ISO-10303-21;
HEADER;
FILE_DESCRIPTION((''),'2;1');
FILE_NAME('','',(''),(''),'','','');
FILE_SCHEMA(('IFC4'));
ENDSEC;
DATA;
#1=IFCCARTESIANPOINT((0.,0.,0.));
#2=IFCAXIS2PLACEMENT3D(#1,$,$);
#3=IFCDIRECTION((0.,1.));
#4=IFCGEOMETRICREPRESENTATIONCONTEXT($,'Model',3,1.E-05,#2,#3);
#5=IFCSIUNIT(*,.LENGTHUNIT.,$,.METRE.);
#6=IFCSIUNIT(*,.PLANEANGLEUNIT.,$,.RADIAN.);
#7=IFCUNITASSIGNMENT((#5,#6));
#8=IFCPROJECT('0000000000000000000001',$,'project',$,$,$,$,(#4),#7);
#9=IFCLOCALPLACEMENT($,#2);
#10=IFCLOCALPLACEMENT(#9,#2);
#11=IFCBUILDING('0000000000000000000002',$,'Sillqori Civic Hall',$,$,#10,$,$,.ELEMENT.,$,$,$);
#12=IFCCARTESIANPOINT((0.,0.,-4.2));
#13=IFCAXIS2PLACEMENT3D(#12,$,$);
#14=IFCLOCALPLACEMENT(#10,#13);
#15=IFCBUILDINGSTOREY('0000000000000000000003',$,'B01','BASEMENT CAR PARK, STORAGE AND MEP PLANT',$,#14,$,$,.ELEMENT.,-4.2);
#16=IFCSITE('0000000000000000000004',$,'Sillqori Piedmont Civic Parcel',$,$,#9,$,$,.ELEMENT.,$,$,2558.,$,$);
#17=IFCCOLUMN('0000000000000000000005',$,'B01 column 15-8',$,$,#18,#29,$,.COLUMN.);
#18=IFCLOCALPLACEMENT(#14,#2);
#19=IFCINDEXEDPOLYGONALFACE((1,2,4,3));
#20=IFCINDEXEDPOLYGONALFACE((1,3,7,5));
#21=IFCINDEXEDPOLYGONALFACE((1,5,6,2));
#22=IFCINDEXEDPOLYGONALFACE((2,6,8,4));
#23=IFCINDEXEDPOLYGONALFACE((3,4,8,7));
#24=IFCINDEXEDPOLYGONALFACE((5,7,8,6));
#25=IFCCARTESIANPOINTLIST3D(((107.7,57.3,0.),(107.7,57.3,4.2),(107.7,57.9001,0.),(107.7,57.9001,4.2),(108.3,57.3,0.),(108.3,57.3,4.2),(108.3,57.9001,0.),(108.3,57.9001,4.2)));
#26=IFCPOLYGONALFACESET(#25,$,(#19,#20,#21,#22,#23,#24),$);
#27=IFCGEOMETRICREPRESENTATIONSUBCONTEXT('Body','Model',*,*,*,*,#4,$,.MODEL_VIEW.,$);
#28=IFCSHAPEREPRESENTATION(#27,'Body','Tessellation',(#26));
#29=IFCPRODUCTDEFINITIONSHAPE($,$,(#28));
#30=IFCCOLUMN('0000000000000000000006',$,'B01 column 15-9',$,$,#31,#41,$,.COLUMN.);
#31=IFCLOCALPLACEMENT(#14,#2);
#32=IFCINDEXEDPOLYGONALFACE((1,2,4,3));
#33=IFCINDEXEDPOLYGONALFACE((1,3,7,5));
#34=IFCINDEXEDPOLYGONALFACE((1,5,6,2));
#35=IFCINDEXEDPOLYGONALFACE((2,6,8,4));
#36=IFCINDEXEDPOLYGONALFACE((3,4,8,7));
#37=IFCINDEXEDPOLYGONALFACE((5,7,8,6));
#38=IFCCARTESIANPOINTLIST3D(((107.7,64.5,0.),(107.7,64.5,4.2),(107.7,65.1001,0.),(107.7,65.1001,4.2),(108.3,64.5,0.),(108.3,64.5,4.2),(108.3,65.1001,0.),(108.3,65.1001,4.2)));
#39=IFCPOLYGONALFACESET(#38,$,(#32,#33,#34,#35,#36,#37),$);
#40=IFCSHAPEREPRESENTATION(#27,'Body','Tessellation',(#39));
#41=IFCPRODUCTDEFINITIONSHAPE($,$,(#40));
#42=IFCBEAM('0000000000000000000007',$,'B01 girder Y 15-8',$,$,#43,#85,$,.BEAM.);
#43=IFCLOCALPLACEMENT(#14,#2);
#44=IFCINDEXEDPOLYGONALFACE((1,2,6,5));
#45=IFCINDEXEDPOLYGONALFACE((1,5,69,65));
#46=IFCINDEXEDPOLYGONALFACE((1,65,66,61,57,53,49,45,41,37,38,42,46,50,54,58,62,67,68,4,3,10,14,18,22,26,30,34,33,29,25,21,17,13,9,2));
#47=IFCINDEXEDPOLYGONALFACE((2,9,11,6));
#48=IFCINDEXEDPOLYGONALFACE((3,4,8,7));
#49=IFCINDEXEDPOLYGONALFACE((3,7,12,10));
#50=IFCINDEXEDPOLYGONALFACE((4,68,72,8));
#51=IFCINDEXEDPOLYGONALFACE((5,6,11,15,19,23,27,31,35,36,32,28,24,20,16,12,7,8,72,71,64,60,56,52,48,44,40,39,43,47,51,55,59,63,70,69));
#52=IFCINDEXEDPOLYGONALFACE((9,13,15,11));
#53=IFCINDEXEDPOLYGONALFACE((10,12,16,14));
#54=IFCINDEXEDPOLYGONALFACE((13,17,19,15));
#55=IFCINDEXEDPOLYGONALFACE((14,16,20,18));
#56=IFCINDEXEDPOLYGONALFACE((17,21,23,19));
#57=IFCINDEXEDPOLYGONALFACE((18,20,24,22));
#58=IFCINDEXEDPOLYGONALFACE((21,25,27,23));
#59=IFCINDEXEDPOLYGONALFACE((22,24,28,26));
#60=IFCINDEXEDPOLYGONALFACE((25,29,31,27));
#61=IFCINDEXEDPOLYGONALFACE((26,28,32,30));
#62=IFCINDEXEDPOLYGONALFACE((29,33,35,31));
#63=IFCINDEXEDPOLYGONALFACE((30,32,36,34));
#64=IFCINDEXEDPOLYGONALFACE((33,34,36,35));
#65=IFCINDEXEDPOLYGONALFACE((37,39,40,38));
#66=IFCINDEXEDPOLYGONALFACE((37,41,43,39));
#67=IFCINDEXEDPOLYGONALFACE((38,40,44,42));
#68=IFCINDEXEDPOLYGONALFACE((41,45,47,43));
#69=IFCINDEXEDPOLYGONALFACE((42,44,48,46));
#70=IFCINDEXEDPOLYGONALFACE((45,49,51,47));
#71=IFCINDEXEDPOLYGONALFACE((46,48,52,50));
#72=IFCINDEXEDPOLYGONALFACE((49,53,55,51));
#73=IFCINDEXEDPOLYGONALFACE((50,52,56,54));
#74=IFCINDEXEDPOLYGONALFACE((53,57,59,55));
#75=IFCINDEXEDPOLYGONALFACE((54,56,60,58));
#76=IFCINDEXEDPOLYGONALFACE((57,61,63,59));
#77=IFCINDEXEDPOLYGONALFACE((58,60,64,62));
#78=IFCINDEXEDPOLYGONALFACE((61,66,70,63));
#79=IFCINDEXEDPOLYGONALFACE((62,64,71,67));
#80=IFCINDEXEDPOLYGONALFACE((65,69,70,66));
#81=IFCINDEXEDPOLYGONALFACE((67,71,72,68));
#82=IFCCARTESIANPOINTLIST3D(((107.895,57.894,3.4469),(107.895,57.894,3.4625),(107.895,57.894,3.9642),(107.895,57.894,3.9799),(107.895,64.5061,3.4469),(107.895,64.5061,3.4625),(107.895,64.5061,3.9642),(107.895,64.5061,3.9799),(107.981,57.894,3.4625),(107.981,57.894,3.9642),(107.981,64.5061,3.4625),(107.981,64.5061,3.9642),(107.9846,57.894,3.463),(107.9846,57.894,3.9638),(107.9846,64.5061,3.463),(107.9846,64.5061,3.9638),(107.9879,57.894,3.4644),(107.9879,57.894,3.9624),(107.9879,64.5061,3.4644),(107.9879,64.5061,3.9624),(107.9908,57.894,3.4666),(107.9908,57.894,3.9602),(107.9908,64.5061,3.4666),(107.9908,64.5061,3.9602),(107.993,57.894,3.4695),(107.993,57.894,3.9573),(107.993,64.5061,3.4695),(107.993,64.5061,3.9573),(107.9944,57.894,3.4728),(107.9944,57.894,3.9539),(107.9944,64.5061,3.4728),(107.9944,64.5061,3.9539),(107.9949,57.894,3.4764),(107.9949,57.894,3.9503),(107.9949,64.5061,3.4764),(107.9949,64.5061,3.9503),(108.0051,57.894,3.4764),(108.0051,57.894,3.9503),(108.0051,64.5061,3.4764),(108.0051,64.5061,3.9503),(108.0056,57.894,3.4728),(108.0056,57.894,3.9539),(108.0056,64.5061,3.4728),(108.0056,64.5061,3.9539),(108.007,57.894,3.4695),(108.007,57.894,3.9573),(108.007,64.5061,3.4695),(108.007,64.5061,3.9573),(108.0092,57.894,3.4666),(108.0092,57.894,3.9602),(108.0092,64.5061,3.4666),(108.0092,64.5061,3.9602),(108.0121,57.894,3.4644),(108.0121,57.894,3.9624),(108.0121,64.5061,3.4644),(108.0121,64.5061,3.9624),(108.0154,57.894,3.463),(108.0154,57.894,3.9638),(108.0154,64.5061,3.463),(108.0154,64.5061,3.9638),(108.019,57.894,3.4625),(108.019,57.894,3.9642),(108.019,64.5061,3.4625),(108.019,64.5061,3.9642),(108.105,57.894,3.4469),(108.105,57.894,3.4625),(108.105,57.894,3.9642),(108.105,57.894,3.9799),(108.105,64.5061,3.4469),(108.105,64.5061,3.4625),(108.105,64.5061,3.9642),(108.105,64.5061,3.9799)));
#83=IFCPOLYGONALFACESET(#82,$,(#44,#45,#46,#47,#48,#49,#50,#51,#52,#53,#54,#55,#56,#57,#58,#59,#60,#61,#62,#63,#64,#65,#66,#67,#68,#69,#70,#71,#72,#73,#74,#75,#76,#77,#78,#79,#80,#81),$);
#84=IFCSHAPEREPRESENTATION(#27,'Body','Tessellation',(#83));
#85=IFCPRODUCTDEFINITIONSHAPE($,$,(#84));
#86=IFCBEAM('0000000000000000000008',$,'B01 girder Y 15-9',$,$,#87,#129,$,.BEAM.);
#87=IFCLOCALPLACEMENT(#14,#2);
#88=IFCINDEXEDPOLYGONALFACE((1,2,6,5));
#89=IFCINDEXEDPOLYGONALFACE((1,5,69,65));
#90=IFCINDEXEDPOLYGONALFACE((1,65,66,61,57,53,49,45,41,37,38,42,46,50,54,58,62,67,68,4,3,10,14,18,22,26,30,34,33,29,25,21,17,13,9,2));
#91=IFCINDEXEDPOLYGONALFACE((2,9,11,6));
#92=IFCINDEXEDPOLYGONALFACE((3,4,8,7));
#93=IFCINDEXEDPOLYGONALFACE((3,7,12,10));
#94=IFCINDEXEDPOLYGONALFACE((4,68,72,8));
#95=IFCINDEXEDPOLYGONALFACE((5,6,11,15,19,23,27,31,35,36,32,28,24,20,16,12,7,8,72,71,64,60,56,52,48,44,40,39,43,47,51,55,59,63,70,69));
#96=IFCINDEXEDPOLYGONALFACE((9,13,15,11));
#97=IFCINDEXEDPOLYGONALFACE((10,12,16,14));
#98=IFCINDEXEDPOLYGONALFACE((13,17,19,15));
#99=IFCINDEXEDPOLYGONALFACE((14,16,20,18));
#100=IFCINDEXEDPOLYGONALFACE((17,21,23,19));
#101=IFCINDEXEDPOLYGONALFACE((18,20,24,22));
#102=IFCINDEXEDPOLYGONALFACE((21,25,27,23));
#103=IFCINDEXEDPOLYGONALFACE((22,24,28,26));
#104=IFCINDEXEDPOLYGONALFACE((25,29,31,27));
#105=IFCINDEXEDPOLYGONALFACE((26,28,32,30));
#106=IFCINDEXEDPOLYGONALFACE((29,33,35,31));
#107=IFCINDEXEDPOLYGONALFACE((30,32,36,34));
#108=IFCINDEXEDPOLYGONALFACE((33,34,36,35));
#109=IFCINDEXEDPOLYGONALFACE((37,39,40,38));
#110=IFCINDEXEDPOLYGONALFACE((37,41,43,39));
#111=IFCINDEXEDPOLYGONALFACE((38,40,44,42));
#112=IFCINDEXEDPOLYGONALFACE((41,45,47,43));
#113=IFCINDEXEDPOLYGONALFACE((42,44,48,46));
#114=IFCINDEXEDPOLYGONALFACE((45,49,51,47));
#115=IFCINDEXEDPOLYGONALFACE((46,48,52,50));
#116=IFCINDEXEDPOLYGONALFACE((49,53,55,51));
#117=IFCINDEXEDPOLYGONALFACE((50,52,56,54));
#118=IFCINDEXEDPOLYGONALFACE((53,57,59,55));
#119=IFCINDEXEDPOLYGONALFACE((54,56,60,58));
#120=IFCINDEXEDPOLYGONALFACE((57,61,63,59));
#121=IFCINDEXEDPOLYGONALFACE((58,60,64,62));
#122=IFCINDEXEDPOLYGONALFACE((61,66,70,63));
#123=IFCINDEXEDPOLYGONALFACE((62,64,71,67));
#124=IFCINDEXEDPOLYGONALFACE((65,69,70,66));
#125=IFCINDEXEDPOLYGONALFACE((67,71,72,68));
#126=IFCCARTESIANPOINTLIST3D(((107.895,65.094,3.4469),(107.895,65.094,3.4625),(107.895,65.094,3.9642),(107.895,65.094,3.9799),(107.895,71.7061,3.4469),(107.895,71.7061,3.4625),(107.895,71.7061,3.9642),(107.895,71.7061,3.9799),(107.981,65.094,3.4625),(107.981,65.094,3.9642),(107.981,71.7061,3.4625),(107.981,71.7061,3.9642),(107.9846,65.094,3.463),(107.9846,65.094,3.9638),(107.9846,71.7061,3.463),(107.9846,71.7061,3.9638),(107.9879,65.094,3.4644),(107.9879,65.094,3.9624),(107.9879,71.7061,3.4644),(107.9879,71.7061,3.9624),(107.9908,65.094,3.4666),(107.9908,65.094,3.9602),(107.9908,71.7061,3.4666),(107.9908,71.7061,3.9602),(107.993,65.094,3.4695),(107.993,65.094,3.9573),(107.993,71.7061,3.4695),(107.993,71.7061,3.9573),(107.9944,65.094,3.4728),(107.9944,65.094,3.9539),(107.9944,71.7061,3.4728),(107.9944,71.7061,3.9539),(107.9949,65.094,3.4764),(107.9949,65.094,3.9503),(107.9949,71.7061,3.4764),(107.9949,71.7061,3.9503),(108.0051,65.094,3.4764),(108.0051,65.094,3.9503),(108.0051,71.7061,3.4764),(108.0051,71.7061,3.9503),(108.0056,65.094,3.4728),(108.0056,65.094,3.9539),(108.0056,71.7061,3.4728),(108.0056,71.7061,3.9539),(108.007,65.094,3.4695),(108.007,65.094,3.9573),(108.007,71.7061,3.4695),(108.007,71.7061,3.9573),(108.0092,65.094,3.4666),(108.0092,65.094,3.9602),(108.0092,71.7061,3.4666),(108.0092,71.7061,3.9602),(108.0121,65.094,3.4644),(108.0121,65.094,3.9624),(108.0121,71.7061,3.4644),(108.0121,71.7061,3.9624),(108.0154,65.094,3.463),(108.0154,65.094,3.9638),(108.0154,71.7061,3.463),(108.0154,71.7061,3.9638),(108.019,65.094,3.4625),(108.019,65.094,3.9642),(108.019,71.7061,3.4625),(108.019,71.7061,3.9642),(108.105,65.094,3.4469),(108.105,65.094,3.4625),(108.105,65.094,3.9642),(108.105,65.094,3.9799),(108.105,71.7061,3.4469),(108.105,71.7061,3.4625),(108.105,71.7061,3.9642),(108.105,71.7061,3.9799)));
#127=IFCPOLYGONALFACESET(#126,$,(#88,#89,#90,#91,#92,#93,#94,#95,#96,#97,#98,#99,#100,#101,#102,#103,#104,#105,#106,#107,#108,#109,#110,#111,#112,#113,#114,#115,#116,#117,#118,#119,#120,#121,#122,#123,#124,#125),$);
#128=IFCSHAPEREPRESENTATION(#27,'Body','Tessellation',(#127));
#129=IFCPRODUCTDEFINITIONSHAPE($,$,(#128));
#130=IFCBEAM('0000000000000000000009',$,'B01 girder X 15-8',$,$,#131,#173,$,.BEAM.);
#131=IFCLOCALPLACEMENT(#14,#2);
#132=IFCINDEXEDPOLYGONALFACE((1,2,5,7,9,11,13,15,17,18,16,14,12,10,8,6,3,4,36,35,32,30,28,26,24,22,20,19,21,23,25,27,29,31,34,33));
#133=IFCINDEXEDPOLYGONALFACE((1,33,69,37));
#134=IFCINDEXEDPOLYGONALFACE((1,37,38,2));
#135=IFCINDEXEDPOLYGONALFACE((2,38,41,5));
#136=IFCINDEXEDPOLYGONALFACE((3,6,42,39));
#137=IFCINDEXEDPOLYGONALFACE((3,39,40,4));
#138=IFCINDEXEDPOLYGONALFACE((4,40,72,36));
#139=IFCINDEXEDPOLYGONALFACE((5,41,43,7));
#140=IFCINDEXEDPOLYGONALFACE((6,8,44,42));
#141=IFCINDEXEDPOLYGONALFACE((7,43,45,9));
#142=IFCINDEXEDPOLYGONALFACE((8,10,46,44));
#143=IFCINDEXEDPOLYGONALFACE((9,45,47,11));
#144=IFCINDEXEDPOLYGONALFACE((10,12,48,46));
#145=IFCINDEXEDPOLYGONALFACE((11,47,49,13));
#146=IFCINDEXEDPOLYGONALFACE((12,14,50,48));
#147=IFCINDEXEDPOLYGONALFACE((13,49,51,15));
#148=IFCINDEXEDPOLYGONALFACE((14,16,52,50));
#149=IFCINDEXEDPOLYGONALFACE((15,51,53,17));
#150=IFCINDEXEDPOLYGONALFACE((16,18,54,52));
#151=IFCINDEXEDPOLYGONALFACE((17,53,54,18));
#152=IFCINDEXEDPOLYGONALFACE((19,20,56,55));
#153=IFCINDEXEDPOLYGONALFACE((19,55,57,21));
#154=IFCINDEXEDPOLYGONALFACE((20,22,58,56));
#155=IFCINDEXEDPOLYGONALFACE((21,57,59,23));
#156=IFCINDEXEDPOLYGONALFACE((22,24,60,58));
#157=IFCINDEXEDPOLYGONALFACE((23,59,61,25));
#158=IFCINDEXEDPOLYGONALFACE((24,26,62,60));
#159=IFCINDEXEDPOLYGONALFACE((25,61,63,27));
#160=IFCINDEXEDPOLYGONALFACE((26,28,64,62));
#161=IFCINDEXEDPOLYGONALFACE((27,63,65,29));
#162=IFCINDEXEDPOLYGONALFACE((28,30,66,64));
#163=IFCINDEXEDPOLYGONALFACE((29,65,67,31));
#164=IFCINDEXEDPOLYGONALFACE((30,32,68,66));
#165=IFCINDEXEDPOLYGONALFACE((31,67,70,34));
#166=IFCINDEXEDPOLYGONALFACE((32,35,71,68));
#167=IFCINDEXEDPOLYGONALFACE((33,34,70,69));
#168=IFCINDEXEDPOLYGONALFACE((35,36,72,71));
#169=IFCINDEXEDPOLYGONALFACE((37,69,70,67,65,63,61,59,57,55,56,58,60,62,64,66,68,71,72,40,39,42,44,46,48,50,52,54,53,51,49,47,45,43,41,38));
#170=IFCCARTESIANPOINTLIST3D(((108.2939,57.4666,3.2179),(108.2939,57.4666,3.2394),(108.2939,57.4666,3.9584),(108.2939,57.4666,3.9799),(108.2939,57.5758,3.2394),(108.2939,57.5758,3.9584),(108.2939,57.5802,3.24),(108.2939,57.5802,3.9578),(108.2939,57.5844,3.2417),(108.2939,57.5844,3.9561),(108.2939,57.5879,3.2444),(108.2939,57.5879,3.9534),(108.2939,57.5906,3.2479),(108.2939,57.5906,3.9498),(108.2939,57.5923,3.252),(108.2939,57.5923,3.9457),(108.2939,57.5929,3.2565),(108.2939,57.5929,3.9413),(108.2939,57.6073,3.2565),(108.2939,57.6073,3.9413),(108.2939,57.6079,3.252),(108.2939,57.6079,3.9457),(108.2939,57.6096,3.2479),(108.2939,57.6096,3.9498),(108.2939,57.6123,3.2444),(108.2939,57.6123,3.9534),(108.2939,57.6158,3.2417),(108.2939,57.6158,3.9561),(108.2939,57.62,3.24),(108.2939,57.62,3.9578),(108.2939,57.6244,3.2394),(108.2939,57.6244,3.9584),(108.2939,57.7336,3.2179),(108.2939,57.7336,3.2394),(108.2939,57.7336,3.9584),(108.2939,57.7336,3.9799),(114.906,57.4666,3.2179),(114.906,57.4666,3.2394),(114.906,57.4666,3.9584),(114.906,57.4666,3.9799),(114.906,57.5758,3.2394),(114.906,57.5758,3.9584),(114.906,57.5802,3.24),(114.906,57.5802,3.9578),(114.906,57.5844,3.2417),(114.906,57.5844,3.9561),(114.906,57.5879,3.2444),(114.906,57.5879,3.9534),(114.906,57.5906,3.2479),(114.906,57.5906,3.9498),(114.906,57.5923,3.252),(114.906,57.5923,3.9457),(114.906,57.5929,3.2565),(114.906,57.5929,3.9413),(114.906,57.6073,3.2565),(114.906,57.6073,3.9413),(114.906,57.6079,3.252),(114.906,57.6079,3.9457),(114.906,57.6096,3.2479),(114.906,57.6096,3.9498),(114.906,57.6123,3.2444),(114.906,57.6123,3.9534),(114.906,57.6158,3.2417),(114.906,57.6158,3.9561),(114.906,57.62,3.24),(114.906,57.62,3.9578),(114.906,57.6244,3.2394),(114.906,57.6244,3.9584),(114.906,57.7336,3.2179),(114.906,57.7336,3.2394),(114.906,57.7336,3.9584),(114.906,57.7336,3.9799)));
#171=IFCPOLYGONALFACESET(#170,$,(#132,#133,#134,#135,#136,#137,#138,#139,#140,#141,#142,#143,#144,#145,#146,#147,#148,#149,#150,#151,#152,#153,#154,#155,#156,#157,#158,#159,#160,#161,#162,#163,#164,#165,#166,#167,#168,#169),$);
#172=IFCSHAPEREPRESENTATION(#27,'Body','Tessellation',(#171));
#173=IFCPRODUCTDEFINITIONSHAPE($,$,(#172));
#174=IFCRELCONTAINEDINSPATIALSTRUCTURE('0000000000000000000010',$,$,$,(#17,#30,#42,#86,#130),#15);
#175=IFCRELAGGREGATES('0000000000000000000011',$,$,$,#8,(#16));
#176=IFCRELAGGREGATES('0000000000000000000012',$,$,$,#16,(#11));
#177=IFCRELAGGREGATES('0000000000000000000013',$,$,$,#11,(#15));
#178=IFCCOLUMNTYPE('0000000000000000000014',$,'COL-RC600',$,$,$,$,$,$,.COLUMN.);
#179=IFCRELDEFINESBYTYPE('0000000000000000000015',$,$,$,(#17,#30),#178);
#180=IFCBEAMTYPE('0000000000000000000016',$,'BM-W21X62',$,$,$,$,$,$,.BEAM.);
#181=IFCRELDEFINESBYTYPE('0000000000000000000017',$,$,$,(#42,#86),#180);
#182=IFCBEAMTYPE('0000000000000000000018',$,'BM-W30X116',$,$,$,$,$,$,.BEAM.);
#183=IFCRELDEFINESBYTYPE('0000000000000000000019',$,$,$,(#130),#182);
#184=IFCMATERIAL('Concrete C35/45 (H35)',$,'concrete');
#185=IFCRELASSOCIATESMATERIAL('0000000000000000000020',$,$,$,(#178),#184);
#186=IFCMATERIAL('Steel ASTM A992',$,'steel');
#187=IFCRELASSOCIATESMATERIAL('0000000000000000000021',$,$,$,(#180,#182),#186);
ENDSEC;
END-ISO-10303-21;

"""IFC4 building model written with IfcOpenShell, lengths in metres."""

from ifc_helpers import new_model, si_unit, direction, frame, origin, origin_2d, place, context, subcontext, project, spatial, rectangle, i_section, extrude, material, material_profile, profile_set, type_object, element, save


model = new_model("IFC4")

# Units and contexts
model_context = context("Model", 3, precision=1e-05, world=origin(), true_north=direction((0.0, 1.0)))
body_context = subcontext(model_context, "Body", "Model", "MODEL_VIEW")
ifc_project = project(units=[si_unit("LENGTHUNIT", "METRE"), si_unit("PLANEANGLEUNIT", "RADIAN")], contexts=[model_context])

# Site, building, storey
site_placement = place(None, origin())
site = spatial("IfcSite", under=ifc_project, at=site_placement, Name="Sillqori Piedmont Civic Parcel", CompositionType="ELEMENT", RefElevation=2558.0)
building_placement = place(site_placement, origin())
building = spatial("IfcBuilding", under=site, at=building_placement, Name="Sillqori Civic Hall", CompositionType="ELEMENT")
storey_placement = place(building_placement, frame((0.0, 0.0, -4.2)))
storey = spatial("IfcBuildingStorey", under=building, at=storey_placement, Name="B01", Description="BASEMENT CAR PARK, STORAGE AND MEP PLANT", CompositionType="ELEMENT", Elevation=-4.2)

# Shared definitions
ifc_material_1 = material(Name="Concrete C35/45 (H35)", Category="concrete")

# Columns
ifc_material_profile_1 = material_profile(ifc_material_1, rectangle(XDim=0.6001, YDim=0.6001, at=origin_2d()), Name="RC 600x600")
ifc_profile_set_1 = profile_set([ifc_material_profile_1], Name="Concrete C35/45 (H35)")
column_type = type_object("IfcColumnType", Name="COL-RC600", PredefinedType="COLUMN", material=ifc_profile_set_1)
for number, where, z_axis, x_axis, name in (
    (1, (108.0, 57.6001, 0.0), (0.0, 0.0, 1.0), (1.0, 0.0, 0.0), "B01 column 15-8"),
    (2, (108.0, 64.8, 0.0), (0.0, 0.0, 1.0), (1.0, 0.0, 0.0), "B01 column 15-9"),
):
    element("IfcColumn", number, at=place(storey_placement, frame(where, z_axis=z_axis, x_axis=x_axis)), inside=storey, type_object=column_type, Name=name, PredefinedType="COLUMN", context=body_context, shape_type="SweptSolid", body=[
        extrude(rectangle(XDim=0.6001, YDim=0.6001, at=origin_2d()), origin(), (0.0, 0.0, 1.0), 4.2),
    ])

# Beams
ifc_material_2 = material(Name="Steel ASTM A992", Category="steel")
ifc_material_profile_2 = material_profile(ifc_material_2, i_section(OverallWidth=0.21, OverallDepth=0.533, WebThickness=0.0103, FlangeThickness=0.0156, FilletRadius=0.0139, at=origin_2d()), Name="W21X62")
ifc_profile_set_2 = profile_set([ifc_material_profile_2], Name="Steel ASTM A992")
beam_type_1 = type_object("IfcBeamType", Name="BM-W21X62", PredefinedType="BEAM", material=ifc_profile_set_2)
for number, where, z_axis, x_axis, name in (
    (3, (108.0, 57.894, 3.7134), (0.0, 1.0, 0.0), (-1.0, 0.0, 0.0), "B01 girder Y 15-8"),
    (4, (108.0, 65.094, 3.7134), (0.0, 1.0, 0.0), (-1.0, 0.0, 0.0), "B01 girder Y 15-9"),
):
    element("IfcBeam", number, at=place(storey_placement, frame(where, z_axis=z_axis, x_axis=x_axis)), inside=storey, type_object=beam_type_1, Name=name, PredefinedType="BEAM", context=body_context, shape_type="SweptSolid", body=[
        extrude(i_section(OverallWidth=0.21, OverallDepth=0.533, WebThickness=0.0103, FlangeThickness=0.0156, FilletRadius=0.0139, at=origin_2d()), origin(), (0.0, 0.0, 1.0), 6.6121),
    ])
ifc_material_profile_3 = material_profile(ifc_material_2, i_section(OverallWidth=0.2671, OverallDepth=0.762, WebThickness=0.0144, FlangeThickness=0.0215, FilletRadius=0.0171, at=origin_2d()), Name="W30X116")
ifc_profile_set_3 = profile_set([ifc_material_profile_3], Name="Steel ASTM A992")
beam_type_2 = type_object("IfcBeamType", Name="BM-W30X116", PredefinedType="BEAM", material=ifc_profile_set_3)
for number, where, z_axis, x_axis, name in (
    (5, (108.2939, 57.6001, 3.5989), (1.0, 0.0, 0.0), (0.0, 1.0, 0.0), "B01 girder X 15-8"),
):
    element("IfcBeam", number, at=place(storey_placement, frame(where, z_axis=z_axis, x_axis=x_axis)), inside=storey, type_object=beam_type_2, Name=name, PredefinedType="BEAM", context=body_context, shape_type="SweptSolid", body=[
        extrude(i_section(OverallWidth=0.2671, OverallDepth=0.762, WebThickness=0.0144, FlangeThickness=0.0215, FilletRadius=0.0171, at=origin_2d()), origin(), (0.0, 0.0, 1.0), 6.6121),
    ])

save(model, "model.ifc")
